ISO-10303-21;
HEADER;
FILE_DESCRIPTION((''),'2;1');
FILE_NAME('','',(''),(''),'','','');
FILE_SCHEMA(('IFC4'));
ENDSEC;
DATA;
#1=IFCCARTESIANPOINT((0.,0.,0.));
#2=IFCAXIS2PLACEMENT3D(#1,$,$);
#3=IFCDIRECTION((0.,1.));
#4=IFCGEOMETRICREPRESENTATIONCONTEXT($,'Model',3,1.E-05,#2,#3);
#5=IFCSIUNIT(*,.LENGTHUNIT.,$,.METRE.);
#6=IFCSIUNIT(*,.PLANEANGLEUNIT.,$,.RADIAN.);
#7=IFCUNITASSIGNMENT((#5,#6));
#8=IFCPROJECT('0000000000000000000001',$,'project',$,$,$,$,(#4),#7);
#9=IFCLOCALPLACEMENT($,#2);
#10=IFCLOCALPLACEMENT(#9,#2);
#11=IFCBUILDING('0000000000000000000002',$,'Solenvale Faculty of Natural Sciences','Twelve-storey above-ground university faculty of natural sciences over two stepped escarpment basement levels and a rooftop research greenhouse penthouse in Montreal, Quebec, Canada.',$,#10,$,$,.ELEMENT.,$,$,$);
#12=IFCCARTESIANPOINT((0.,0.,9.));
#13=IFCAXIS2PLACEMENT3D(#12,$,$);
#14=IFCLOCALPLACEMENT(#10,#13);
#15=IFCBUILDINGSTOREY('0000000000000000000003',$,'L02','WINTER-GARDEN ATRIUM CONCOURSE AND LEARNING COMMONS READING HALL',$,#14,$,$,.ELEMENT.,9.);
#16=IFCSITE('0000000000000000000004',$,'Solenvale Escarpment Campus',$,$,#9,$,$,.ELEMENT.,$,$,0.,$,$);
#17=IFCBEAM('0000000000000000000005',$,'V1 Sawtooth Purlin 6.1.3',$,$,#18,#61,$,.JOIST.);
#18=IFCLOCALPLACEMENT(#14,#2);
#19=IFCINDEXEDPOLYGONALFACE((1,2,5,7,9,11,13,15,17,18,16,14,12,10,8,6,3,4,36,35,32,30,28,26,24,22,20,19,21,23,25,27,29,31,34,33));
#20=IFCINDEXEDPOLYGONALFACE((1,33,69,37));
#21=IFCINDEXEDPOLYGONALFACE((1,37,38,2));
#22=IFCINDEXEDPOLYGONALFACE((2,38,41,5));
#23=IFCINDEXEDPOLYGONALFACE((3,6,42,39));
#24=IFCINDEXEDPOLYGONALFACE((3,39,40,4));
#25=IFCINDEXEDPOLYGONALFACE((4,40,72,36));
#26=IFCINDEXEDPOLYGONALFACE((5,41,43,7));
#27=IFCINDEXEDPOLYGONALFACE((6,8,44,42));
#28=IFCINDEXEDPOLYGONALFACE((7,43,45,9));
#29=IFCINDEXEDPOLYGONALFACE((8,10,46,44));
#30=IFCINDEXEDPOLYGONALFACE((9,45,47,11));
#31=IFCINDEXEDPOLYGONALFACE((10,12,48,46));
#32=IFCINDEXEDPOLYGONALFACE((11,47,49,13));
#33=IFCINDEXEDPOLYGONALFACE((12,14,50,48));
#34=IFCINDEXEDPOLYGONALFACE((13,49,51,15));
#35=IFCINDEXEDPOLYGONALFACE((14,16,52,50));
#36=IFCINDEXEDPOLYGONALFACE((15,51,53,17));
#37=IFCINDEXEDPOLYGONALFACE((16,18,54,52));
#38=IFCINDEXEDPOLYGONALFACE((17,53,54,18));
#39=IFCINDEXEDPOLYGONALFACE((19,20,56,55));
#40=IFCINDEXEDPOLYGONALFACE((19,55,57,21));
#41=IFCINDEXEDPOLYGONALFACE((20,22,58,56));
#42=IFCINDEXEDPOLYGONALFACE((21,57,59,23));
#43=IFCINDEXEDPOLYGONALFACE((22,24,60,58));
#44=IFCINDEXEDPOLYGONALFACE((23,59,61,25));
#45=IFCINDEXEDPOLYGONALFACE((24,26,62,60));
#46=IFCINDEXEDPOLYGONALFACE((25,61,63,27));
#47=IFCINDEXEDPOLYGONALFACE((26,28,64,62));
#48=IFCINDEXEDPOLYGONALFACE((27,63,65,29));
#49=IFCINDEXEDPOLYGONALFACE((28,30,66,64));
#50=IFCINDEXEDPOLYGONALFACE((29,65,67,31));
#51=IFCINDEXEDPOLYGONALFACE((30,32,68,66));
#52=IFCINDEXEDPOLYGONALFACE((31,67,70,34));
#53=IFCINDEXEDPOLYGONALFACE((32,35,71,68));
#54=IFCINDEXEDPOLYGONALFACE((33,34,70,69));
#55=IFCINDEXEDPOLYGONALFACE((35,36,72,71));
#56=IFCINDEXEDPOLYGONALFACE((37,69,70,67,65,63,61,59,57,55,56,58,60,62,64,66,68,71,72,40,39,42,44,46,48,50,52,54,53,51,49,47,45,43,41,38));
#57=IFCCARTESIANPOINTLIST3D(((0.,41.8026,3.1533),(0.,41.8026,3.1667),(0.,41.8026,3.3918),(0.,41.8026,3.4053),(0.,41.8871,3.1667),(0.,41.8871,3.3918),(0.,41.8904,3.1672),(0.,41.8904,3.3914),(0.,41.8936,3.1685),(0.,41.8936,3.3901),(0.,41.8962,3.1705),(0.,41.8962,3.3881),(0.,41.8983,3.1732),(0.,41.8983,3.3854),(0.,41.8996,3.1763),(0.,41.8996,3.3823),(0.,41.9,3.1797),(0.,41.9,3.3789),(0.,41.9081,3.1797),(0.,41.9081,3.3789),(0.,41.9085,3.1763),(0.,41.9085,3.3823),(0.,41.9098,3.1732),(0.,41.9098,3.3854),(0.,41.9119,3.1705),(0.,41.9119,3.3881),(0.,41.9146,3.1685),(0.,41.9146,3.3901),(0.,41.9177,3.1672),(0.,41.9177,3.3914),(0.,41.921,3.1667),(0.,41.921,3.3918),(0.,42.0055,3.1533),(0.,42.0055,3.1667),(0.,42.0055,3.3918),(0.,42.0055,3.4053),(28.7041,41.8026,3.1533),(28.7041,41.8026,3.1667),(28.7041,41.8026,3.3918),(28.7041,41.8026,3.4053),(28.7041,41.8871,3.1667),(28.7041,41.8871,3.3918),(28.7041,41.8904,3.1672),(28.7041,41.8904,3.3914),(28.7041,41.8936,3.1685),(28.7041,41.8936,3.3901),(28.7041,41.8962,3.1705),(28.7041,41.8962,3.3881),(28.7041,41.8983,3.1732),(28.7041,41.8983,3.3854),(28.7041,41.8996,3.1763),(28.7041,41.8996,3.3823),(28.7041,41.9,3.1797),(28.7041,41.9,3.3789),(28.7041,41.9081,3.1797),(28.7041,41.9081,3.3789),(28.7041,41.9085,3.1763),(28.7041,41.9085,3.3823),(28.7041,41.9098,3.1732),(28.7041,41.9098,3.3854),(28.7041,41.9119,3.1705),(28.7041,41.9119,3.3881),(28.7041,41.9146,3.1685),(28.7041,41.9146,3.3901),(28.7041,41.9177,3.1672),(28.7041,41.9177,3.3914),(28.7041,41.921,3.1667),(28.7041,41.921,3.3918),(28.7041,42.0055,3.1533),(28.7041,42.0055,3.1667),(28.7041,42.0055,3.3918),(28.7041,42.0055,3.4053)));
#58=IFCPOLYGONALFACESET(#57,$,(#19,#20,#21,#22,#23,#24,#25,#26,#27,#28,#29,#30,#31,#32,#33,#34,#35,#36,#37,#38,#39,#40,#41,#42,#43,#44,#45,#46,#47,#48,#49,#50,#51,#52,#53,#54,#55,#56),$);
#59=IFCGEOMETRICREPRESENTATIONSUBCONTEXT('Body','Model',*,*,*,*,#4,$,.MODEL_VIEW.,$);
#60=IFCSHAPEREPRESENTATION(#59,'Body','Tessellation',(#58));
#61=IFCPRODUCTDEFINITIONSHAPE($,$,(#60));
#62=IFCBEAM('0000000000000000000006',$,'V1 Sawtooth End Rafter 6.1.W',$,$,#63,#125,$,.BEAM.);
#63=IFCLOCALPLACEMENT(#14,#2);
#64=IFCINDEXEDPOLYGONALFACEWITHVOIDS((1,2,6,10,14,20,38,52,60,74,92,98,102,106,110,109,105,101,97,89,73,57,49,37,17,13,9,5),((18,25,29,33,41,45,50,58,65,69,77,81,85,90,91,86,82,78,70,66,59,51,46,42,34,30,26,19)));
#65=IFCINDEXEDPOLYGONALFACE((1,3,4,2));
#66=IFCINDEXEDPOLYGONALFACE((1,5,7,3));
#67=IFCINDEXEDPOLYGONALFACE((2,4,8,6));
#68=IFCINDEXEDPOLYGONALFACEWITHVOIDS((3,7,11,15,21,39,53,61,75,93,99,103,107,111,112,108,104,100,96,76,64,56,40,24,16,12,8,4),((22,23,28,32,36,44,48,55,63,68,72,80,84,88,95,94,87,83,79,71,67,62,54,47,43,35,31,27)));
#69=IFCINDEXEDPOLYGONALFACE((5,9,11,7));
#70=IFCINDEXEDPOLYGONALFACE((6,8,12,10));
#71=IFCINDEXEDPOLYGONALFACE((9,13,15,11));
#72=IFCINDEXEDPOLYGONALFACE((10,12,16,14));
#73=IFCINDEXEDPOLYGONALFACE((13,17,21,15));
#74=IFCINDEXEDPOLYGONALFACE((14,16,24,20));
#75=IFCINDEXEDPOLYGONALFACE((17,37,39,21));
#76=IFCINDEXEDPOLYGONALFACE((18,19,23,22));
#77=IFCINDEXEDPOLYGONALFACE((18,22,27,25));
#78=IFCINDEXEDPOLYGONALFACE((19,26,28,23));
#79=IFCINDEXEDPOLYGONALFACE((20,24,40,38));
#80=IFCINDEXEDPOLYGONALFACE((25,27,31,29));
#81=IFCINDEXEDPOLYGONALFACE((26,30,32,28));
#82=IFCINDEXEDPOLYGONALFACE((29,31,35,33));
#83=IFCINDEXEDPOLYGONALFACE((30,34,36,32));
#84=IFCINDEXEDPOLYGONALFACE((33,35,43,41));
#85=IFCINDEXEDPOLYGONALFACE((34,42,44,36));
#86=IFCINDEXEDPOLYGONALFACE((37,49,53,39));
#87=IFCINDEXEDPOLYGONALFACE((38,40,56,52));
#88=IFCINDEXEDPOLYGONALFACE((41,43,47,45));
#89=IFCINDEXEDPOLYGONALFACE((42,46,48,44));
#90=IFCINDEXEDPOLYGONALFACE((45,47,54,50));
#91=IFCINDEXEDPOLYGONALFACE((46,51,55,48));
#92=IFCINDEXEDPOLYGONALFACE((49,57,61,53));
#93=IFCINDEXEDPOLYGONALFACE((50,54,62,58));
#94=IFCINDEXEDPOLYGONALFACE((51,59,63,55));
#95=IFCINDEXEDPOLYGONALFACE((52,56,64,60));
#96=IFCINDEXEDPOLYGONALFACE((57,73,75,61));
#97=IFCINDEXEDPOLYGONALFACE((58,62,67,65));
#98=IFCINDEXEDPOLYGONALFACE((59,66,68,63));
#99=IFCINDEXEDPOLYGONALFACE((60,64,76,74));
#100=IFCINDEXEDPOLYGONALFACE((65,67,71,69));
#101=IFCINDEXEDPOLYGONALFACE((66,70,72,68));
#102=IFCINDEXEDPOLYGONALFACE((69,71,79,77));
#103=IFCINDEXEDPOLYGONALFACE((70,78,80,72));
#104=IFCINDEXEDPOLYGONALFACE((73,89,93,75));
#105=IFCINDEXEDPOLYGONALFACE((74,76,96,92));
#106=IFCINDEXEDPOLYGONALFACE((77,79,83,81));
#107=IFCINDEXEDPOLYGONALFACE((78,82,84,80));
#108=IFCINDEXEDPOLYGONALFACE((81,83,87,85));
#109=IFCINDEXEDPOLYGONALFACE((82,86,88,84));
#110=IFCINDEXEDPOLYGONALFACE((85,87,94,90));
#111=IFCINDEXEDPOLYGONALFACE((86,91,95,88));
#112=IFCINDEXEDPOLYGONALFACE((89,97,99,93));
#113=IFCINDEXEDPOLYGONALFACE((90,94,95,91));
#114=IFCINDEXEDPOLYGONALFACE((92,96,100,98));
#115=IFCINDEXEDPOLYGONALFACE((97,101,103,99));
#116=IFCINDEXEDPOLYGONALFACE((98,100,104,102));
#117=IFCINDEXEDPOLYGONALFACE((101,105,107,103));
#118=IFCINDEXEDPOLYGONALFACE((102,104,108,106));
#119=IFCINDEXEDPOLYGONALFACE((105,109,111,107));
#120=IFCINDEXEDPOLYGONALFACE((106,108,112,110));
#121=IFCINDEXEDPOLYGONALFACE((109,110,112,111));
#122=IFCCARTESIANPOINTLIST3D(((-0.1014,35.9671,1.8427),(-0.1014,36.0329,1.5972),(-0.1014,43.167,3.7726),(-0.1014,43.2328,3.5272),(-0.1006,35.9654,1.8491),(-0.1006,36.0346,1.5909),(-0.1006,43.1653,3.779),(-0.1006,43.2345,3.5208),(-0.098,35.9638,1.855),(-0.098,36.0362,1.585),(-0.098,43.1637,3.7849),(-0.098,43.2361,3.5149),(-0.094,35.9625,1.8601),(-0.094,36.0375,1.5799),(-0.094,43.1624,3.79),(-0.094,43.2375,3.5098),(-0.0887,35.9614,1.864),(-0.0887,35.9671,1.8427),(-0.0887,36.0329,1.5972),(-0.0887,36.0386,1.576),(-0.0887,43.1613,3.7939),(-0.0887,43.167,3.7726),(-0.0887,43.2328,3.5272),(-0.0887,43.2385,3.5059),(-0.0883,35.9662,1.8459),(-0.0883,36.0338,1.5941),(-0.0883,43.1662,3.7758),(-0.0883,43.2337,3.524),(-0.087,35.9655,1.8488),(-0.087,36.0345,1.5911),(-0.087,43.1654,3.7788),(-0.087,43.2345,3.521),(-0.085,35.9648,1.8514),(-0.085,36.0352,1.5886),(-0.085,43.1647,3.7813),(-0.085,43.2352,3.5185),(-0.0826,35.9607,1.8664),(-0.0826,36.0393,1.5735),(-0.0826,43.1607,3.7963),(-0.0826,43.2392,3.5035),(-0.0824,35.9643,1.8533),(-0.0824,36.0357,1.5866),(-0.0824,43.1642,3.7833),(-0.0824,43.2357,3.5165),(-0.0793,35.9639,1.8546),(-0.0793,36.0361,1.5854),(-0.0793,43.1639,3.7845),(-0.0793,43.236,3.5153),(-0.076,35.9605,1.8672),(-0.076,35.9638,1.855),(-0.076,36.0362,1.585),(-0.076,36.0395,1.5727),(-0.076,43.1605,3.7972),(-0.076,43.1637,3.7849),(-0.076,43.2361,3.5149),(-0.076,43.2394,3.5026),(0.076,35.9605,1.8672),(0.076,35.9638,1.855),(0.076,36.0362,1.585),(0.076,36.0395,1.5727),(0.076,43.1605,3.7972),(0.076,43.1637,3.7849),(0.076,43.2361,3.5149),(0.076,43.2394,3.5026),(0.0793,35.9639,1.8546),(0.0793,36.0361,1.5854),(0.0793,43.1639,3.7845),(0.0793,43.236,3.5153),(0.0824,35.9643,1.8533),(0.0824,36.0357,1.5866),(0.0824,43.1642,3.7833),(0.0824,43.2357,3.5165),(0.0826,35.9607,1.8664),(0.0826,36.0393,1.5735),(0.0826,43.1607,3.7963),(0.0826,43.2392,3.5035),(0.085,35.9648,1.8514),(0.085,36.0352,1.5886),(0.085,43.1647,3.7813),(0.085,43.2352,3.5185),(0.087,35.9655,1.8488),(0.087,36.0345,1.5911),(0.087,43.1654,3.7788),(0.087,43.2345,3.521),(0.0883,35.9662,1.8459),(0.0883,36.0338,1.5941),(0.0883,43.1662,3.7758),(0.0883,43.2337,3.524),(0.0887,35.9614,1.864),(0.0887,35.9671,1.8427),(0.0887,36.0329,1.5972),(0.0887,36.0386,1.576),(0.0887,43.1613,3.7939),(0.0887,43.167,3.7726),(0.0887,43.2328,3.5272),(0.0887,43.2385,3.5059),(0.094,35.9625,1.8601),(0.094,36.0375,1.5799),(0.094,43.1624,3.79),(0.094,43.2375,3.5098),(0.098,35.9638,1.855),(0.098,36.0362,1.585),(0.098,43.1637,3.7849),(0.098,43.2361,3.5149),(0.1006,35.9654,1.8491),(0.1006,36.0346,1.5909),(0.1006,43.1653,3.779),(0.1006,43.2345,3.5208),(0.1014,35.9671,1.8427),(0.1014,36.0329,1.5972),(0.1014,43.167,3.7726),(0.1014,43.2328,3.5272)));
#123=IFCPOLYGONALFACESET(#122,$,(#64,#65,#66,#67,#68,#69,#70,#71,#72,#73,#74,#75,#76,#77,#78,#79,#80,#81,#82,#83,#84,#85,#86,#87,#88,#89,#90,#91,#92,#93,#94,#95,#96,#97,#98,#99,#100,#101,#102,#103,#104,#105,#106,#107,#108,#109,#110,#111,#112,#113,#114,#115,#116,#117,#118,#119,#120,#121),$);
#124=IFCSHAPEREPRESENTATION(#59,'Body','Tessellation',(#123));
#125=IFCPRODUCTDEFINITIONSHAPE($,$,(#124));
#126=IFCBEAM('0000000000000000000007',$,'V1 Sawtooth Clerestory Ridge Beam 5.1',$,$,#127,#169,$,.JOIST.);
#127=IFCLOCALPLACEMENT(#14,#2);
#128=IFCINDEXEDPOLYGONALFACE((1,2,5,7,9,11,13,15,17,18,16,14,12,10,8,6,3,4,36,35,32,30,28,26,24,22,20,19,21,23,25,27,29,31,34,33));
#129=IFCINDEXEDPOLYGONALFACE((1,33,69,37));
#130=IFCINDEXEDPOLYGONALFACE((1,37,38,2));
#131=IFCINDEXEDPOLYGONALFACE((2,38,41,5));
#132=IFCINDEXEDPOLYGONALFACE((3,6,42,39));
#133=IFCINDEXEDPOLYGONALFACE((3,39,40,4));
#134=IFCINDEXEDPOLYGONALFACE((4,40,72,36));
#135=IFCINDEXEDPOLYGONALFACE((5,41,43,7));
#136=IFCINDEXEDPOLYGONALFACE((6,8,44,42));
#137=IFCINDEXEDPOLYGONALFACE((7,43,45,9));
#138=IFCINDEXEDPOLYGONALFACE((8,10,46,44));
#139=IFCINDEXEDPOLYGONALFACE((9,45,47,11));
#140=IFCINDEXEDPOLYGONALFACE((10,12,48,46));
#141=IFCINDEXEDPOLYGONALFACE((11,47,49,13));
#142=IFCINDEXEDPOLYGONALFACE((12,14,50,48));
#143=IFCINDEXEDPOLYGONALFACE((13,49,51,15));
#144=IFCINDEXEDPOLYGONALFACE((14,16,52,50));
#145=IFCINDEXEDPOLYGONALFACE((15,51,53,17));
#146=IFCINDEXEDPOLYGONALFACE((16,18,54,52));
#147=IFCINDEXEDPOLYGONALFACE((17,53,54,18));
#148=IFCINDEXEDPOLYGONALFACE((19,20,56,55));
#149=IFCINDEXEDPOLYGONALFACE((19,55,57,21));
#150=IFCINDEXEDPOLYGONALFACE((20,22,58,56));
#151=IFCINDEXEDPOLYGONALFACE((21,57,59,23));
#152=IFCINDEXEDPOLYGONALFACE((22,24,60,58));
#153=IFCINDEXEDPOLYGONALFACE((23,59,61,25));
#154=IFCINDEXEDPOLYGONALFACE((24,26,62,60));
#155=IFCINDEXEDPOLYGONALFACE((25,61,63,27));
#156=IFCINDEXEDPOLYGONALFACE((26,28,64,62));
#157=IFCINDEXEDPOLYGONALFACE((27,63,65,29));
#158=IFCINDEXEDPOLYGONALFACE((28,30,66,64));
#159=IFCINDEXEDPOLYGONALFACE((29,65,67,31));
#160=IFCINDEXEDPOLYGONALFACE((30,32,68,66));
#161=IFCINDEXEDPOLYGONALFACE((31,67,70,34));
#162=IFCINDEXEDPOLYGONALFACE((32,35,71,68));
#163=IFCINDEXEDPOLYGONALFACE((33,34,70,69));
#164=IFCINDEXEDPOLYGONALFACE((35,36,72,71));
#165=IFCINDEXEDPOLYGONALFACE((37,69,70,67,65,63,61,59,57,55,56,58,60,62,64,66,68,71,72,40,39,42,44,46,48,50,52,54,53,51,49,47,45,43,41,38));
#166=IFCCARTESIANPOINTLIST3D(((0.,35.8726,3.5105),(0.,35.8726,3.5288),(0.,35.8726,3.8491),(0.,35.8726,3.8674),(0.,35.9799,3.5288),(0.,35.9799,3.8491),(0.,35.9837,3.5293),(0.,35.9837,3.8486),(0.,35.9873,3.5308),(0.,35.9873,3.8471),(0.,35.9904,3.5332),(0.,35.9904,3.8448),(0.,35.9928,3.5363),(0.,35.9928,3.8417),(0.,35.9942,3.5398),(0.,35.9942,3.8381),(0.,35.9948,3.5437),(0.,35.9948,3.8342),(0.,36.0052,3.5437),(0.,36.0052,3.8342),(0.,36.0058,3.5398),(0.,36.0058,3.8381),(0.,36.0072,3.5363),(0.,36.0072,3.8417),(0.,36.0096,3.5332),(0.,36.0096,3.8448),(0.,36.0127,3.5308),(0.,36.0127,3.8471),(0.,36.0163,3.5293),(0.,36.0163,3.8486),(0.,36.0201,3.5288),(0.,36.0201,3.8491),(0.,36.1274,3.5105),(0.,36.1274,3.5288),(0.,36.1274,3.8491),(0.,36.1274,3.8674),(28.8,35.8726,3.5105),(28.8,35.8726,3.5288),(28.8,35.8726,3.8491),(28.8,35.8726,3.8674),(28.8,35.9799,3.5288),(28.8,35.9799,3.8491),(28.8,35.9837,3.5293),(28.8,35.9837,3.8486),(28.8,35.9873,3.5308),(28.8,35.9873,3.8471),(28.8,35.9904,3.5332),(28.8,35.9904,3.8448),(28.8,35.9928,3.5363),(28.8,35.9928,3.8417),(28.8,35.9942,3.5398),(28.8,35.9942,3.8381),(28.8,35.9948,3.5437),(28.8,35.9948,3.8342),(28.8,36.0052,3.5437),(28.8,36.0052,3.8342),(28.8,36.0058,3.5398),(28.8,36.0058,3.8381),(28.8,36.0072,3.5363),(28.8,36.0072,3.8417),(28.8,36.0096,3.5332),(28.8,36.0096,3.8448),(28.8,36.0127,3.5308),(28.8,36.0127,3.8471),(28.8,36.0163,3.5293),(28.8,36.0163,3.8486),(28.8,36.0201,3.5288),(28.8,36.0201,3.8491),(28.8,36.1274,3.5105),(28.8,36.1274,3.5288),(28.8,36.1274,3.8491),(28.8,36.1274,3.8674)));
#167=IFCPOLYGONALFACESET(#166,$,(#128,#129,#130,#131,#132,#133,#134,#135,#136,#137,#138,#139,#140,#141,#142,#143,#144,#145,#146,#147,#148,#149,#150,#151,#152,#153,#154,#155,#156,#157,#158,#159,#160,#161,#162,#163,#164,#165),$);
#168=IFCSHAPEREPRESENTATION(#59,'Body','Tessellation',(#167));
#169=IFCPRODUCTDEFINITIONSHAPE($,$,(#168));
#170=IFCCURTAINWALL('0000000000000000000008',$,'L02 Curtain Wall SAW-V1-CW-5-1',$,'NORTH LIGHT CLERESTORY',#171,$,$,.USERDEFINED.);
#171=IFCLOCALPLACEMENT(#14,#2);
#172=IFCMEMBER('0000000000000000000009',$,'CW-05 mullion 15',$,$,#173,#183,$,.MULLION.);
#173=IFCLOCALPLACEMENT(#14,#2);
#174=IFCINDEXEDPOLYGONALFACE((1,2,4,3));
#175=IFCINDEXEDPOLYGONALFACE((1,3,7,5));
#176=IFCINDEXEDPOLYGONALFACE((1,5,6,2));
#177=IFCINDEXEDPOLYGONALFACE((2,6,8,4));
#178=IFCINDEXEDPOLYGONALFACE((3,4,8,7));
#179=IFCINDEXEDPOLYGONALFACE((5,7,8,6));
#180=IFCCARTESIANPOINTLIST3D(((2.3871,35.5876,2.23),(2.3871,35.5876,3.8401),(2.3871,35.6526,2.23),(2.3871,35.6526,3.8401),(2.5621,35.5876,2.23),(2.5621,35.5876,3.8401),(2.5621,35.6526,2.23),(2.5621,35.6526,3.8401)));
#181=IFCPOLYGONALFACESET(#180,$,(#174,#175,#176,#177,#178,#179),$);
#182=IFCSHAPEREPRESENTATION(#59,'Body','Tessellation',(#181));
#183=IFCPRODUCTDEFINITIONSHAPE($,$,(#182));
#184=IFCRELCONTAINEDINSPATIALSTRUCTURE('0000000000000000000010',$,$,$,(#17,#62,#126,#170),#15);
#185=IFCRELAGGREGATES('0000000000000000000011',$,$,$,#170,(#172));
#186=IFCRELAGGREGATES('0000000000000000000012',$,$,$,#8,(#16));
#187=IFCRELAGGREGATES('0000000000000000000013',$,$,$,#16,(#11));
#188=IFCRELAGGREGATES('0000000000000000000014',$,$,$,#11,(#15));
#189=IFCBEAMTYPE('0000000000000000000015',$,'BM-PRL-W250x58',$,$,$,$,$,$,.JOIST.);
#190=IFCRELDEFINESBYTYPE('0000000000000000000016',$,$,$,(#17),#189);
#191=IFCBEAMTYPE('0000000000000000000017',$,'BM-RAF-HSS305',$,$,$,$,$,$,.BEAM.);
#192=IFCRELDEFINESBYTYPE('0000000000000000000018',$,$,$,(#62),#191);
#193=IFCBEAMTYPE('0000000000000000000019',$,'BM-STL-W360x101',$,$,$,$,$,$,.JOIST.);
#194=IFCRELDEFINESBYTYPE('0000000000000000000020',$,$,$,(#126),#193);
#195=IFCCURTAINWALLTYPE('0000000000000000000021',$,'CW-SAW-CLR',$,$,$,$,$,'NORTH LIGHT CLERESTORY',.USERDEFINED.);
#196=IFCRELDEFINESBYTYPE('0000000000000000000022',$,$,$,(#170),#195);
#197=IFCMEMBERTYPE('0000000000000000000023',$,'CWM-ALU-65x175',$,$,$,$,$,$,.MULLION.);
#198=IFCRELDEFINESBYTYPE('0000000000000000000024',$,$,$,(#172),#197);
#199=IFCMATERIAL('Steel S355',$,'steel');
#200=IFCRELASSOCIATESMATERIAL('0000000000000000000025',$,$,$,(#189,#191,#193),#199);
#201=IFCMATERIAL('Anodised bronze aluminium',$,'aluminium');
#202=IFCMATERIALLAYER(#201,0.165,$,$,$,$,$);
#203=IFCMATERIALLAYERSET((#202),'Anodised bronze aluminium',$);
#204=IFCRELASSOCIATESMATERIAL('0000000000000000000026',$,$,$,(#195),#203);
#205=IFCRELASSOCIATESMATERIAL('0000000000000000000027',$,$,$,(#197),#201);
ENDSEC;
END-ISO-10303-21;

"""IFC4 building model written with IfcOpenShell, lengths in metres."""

from ifc_helpers import new_model, si_unit, direction, frame, origin, origin_2d, place, context, subcontext, project, spatial, rectangle, hollow_rectangle, i_section, extrude, material, layer, layer_set, material_profile, profile_set, type_object, element, aggregate, save


model = new_model("IFC4")

# Units and contexts
model_context = context("Model", 3, precision=1e-05, world=origin(), true_north=direction((0.0, 1.0)))
body_context = subcontext(model_context, "Body", "Model", "MODEL_VIEW")
ifc_project = project(units=[si_unit("LENGTHUNIT", "METRE"), si_unit("PLANEANGLEUNIT", "RADIAN")], contexts=[model_context])

# Site, building, storey
site_placement = place(None, origin())
site = spatial("IfcSite", under=ifc_project, at=site_placement, Name="Solenvale Escarpment Campus", CompositionType="ELEMENT", RefElevation=0.0)
building_placement = place(site_placement, origin())
building = spatial("IfcBuilding", under=site, at=building_placement, Name="Solenvale Faculty of Natural Sciences", Description="Twelve-storey above-ground university faculty of natural sciences over two stepped escarpment basement levels and a rooftop research greenhouse penthouse in Montreal, Quebec, Canada.", CompositionType="ELEMENT")
storey_placement = place(building_placement, frame((0.0, 0.0, 9.0)))
storey = spatial("IfcBuildingStorey", under=building, at=storey_placement, Name="L02", Description="WINTER-GARDEN ATRIUM CONCOURSE AND LEARNING COMMONS READING HALL", CompositionType="ELEMENT", Elevation=9.0)

# Shared definitions
ifc_material_1 = material(Name="Steel S355", Category="steel")

# Beams
ifc_material_profile_1 = material_profile(ifc_material_1, i_section(OverallWidth=0.2029, OverallDepth=0.252, WebThickness=0.0081, FlangeThickness=0.0134, FilletRadius=0.0129, at=origin_2d()), Name="W250x58")
ifc_profile_set_1 = profile_set([ifc_material_profile_1], Name="Steel S355")
beam_type_1 = type_object("IfcBeamType", Name="BM-PRL-W250x58", PredefinedType="JOIST", material=ifc_profile_set_1)
for number, where, z_axis, x_axis, name in (
    (1, (0.0, 41.9041, 3.2793), (1.0, 0.0, 0.0), (0.0, 1.0, 0.0), "V1 Sawtooth Purlin 6.1.3"),
):
    element("IfcBeam", number, at=place(storey_placement, frame(where, z_axis=z_axis, x_axis=x_axis)), inside=storey, type_object=beam_type_1, Name=name, PredefinedType="JOIST", context=body_context, shape_type="SweptSolid", body=[
        extrude(i_section(OverallWidth=0.2029, OverallDepth=0.252, WebThickness=0.0081, FlangeThickness=0.0134, FilletRadius=0.0129, at=origin_2d()), origin(), (0.0, 0.0, 1.0), 28.7041),
    ])
ifc_material_profile_2 = material_profile(ifc_material_1, hollow_rectangle(XDim=0.2029, YDim=0.3049, WallThickness=0.0127, InnerFilletRadius=0.0127, OuterFilletRadius=0.0254, at=origin_2d()), Name="HSS305x203x13")
ifc_profile_set_2 = profile_set([ifc_material_profile_2], Name="Steel S355")
beam_type_2 = type_object("IfcBeamType", Name="BM-RAF-HSS305", PredefinedType="BEAM", material=ifc_profile_set_2)
beam_1_placement = place(storey_placement, frame((0.0, 36.0, 1.72), z_axis=(0.0, 0.965902, 0.258908), x_axis=(-1.0, 0.0, 0.0)))
element("IfcBeam", 2, at=beam_1_placement, inside=storey, type_object=beam_type_2, Name="V1 Sawtooth End Rafter 6.1.W", PredefinedType="BEAM", context=body_context, shape_type="SweptSolid", body=[
    extrude(hollow_rectangle(XDim=0.2029, YDim=0.3049, WallThickness=0.0127, InnerFilletRadius=0.0127, OuterFilletRadius=0.0254, at=origin_2d()), origin(), (0.0, 0.0, 1.0), 7.4541),
])
ifc_material_profile_3 = material_profile(ifc_material_1, i_section(OverallWidth=0.2549, OverallDepth=0.3569, WebThickness=0.0105, FlangeThickness=0.0183, FilletRadius=0.0149, at=origin_2d()), Name="W360x101")
ifc_profile_set_3 = profile_set([ifc_material_profile_3], Name="Steel S355")
beam_type_3 = type_object("IfcBeamType", Name="BM-STL-W360x101", PredefinedType="JOIST", material=ifc_profile_set_3)
beam_2_placement = place(storey_placement, frame((0.0, 36.0, 3.689), z_axis=(1.0, 0.0, 0.0), x_axis=(0.0, 1.0, 0.0)))
element("IfcBeam", 3, at=beam_2_placement, inside=storey, type_object=beam_type_3, Name="V1 Sawtooth Clerestory Ridge Beam 5.1", PredefinedType="JOIST", context=body_context, shape_type="SweptSolid", body=[
    extrude(i_section(OverallWidth=0.2549, OverallDepth=0.3569, WebThickness=0.0105, FlangeThickness=0.0183, FilletRadius=0.0149, at=origin_2d()), origin(), (0.0, 0.0, 1.0), 28.8),
])

# Curtain wall, member
ifc_material_2 = material(Name="Anodised bronze aluminium", Category="aluminium")
ifc_layer_1 = layer(ifc_material_2, 0.165)
ifc_layer_set_1 = layer_set([ifc_layer_1], Name="Anodised bronze aluminium")
curtain_wall_type = type_object("IfcCurtainWallType", Name="CW-SAW-CLR", ElementType="NORTH LIGHT CLERESTORY", PredefinedType="USERDEFINED", material=ifc_layer_set_1)
curtain_wall_1_placement = place(storey_placement, origin())
curtain_wall_1 = element("IfcCurtainWall", 4, at=curtain_wall_1_placement, inside=storey, type_object=curtain_wall_type, Name="L02 Curtain Wall SAW-V1-CW-5-1", ObjectType="NORTH LIGHT CLERESTORY", PredefinedType="USERDEFINED")
ifc_material_profile_4 = material_profile(ifc_material_2, rectangle(XDim=0.0649, YDim=0.175, at=origin_2d()), Name="ALU-MUL-65x175")
ifc_profile_set_4 = profile_set([ifc_material_profile_4], Name="Anodised bronze aluminium")
member_type_1 = type_object("IfcMemberType", Name="CWM-ALU-65x175", PredefinedType="MULLION", material=ifc_profile_set_4)
member_1_placement = place(storey_placement, frame((2.4746, 35.6201, 2.23), z_axis=(0.0, 0.0, 1.0), x_axis=(0.0, -1.0, 0.0)))
member_1 = element("IfcMember", 5, at=member_1_placement, type_object=member_type_1, Name="CW-05 mullion 15", PredefinedType="MULLION", context=body_context, shape_type="SweptSolid", body=[
    extrude(rectangle(XDim=0.0649, YDim=0.175, at=origin_2d()), origin(), (0.0, 0.0, 1.0), 1.6101),
])

aggregate(curtain_wall_1, [member_1])

save(model, "model.ifc")
